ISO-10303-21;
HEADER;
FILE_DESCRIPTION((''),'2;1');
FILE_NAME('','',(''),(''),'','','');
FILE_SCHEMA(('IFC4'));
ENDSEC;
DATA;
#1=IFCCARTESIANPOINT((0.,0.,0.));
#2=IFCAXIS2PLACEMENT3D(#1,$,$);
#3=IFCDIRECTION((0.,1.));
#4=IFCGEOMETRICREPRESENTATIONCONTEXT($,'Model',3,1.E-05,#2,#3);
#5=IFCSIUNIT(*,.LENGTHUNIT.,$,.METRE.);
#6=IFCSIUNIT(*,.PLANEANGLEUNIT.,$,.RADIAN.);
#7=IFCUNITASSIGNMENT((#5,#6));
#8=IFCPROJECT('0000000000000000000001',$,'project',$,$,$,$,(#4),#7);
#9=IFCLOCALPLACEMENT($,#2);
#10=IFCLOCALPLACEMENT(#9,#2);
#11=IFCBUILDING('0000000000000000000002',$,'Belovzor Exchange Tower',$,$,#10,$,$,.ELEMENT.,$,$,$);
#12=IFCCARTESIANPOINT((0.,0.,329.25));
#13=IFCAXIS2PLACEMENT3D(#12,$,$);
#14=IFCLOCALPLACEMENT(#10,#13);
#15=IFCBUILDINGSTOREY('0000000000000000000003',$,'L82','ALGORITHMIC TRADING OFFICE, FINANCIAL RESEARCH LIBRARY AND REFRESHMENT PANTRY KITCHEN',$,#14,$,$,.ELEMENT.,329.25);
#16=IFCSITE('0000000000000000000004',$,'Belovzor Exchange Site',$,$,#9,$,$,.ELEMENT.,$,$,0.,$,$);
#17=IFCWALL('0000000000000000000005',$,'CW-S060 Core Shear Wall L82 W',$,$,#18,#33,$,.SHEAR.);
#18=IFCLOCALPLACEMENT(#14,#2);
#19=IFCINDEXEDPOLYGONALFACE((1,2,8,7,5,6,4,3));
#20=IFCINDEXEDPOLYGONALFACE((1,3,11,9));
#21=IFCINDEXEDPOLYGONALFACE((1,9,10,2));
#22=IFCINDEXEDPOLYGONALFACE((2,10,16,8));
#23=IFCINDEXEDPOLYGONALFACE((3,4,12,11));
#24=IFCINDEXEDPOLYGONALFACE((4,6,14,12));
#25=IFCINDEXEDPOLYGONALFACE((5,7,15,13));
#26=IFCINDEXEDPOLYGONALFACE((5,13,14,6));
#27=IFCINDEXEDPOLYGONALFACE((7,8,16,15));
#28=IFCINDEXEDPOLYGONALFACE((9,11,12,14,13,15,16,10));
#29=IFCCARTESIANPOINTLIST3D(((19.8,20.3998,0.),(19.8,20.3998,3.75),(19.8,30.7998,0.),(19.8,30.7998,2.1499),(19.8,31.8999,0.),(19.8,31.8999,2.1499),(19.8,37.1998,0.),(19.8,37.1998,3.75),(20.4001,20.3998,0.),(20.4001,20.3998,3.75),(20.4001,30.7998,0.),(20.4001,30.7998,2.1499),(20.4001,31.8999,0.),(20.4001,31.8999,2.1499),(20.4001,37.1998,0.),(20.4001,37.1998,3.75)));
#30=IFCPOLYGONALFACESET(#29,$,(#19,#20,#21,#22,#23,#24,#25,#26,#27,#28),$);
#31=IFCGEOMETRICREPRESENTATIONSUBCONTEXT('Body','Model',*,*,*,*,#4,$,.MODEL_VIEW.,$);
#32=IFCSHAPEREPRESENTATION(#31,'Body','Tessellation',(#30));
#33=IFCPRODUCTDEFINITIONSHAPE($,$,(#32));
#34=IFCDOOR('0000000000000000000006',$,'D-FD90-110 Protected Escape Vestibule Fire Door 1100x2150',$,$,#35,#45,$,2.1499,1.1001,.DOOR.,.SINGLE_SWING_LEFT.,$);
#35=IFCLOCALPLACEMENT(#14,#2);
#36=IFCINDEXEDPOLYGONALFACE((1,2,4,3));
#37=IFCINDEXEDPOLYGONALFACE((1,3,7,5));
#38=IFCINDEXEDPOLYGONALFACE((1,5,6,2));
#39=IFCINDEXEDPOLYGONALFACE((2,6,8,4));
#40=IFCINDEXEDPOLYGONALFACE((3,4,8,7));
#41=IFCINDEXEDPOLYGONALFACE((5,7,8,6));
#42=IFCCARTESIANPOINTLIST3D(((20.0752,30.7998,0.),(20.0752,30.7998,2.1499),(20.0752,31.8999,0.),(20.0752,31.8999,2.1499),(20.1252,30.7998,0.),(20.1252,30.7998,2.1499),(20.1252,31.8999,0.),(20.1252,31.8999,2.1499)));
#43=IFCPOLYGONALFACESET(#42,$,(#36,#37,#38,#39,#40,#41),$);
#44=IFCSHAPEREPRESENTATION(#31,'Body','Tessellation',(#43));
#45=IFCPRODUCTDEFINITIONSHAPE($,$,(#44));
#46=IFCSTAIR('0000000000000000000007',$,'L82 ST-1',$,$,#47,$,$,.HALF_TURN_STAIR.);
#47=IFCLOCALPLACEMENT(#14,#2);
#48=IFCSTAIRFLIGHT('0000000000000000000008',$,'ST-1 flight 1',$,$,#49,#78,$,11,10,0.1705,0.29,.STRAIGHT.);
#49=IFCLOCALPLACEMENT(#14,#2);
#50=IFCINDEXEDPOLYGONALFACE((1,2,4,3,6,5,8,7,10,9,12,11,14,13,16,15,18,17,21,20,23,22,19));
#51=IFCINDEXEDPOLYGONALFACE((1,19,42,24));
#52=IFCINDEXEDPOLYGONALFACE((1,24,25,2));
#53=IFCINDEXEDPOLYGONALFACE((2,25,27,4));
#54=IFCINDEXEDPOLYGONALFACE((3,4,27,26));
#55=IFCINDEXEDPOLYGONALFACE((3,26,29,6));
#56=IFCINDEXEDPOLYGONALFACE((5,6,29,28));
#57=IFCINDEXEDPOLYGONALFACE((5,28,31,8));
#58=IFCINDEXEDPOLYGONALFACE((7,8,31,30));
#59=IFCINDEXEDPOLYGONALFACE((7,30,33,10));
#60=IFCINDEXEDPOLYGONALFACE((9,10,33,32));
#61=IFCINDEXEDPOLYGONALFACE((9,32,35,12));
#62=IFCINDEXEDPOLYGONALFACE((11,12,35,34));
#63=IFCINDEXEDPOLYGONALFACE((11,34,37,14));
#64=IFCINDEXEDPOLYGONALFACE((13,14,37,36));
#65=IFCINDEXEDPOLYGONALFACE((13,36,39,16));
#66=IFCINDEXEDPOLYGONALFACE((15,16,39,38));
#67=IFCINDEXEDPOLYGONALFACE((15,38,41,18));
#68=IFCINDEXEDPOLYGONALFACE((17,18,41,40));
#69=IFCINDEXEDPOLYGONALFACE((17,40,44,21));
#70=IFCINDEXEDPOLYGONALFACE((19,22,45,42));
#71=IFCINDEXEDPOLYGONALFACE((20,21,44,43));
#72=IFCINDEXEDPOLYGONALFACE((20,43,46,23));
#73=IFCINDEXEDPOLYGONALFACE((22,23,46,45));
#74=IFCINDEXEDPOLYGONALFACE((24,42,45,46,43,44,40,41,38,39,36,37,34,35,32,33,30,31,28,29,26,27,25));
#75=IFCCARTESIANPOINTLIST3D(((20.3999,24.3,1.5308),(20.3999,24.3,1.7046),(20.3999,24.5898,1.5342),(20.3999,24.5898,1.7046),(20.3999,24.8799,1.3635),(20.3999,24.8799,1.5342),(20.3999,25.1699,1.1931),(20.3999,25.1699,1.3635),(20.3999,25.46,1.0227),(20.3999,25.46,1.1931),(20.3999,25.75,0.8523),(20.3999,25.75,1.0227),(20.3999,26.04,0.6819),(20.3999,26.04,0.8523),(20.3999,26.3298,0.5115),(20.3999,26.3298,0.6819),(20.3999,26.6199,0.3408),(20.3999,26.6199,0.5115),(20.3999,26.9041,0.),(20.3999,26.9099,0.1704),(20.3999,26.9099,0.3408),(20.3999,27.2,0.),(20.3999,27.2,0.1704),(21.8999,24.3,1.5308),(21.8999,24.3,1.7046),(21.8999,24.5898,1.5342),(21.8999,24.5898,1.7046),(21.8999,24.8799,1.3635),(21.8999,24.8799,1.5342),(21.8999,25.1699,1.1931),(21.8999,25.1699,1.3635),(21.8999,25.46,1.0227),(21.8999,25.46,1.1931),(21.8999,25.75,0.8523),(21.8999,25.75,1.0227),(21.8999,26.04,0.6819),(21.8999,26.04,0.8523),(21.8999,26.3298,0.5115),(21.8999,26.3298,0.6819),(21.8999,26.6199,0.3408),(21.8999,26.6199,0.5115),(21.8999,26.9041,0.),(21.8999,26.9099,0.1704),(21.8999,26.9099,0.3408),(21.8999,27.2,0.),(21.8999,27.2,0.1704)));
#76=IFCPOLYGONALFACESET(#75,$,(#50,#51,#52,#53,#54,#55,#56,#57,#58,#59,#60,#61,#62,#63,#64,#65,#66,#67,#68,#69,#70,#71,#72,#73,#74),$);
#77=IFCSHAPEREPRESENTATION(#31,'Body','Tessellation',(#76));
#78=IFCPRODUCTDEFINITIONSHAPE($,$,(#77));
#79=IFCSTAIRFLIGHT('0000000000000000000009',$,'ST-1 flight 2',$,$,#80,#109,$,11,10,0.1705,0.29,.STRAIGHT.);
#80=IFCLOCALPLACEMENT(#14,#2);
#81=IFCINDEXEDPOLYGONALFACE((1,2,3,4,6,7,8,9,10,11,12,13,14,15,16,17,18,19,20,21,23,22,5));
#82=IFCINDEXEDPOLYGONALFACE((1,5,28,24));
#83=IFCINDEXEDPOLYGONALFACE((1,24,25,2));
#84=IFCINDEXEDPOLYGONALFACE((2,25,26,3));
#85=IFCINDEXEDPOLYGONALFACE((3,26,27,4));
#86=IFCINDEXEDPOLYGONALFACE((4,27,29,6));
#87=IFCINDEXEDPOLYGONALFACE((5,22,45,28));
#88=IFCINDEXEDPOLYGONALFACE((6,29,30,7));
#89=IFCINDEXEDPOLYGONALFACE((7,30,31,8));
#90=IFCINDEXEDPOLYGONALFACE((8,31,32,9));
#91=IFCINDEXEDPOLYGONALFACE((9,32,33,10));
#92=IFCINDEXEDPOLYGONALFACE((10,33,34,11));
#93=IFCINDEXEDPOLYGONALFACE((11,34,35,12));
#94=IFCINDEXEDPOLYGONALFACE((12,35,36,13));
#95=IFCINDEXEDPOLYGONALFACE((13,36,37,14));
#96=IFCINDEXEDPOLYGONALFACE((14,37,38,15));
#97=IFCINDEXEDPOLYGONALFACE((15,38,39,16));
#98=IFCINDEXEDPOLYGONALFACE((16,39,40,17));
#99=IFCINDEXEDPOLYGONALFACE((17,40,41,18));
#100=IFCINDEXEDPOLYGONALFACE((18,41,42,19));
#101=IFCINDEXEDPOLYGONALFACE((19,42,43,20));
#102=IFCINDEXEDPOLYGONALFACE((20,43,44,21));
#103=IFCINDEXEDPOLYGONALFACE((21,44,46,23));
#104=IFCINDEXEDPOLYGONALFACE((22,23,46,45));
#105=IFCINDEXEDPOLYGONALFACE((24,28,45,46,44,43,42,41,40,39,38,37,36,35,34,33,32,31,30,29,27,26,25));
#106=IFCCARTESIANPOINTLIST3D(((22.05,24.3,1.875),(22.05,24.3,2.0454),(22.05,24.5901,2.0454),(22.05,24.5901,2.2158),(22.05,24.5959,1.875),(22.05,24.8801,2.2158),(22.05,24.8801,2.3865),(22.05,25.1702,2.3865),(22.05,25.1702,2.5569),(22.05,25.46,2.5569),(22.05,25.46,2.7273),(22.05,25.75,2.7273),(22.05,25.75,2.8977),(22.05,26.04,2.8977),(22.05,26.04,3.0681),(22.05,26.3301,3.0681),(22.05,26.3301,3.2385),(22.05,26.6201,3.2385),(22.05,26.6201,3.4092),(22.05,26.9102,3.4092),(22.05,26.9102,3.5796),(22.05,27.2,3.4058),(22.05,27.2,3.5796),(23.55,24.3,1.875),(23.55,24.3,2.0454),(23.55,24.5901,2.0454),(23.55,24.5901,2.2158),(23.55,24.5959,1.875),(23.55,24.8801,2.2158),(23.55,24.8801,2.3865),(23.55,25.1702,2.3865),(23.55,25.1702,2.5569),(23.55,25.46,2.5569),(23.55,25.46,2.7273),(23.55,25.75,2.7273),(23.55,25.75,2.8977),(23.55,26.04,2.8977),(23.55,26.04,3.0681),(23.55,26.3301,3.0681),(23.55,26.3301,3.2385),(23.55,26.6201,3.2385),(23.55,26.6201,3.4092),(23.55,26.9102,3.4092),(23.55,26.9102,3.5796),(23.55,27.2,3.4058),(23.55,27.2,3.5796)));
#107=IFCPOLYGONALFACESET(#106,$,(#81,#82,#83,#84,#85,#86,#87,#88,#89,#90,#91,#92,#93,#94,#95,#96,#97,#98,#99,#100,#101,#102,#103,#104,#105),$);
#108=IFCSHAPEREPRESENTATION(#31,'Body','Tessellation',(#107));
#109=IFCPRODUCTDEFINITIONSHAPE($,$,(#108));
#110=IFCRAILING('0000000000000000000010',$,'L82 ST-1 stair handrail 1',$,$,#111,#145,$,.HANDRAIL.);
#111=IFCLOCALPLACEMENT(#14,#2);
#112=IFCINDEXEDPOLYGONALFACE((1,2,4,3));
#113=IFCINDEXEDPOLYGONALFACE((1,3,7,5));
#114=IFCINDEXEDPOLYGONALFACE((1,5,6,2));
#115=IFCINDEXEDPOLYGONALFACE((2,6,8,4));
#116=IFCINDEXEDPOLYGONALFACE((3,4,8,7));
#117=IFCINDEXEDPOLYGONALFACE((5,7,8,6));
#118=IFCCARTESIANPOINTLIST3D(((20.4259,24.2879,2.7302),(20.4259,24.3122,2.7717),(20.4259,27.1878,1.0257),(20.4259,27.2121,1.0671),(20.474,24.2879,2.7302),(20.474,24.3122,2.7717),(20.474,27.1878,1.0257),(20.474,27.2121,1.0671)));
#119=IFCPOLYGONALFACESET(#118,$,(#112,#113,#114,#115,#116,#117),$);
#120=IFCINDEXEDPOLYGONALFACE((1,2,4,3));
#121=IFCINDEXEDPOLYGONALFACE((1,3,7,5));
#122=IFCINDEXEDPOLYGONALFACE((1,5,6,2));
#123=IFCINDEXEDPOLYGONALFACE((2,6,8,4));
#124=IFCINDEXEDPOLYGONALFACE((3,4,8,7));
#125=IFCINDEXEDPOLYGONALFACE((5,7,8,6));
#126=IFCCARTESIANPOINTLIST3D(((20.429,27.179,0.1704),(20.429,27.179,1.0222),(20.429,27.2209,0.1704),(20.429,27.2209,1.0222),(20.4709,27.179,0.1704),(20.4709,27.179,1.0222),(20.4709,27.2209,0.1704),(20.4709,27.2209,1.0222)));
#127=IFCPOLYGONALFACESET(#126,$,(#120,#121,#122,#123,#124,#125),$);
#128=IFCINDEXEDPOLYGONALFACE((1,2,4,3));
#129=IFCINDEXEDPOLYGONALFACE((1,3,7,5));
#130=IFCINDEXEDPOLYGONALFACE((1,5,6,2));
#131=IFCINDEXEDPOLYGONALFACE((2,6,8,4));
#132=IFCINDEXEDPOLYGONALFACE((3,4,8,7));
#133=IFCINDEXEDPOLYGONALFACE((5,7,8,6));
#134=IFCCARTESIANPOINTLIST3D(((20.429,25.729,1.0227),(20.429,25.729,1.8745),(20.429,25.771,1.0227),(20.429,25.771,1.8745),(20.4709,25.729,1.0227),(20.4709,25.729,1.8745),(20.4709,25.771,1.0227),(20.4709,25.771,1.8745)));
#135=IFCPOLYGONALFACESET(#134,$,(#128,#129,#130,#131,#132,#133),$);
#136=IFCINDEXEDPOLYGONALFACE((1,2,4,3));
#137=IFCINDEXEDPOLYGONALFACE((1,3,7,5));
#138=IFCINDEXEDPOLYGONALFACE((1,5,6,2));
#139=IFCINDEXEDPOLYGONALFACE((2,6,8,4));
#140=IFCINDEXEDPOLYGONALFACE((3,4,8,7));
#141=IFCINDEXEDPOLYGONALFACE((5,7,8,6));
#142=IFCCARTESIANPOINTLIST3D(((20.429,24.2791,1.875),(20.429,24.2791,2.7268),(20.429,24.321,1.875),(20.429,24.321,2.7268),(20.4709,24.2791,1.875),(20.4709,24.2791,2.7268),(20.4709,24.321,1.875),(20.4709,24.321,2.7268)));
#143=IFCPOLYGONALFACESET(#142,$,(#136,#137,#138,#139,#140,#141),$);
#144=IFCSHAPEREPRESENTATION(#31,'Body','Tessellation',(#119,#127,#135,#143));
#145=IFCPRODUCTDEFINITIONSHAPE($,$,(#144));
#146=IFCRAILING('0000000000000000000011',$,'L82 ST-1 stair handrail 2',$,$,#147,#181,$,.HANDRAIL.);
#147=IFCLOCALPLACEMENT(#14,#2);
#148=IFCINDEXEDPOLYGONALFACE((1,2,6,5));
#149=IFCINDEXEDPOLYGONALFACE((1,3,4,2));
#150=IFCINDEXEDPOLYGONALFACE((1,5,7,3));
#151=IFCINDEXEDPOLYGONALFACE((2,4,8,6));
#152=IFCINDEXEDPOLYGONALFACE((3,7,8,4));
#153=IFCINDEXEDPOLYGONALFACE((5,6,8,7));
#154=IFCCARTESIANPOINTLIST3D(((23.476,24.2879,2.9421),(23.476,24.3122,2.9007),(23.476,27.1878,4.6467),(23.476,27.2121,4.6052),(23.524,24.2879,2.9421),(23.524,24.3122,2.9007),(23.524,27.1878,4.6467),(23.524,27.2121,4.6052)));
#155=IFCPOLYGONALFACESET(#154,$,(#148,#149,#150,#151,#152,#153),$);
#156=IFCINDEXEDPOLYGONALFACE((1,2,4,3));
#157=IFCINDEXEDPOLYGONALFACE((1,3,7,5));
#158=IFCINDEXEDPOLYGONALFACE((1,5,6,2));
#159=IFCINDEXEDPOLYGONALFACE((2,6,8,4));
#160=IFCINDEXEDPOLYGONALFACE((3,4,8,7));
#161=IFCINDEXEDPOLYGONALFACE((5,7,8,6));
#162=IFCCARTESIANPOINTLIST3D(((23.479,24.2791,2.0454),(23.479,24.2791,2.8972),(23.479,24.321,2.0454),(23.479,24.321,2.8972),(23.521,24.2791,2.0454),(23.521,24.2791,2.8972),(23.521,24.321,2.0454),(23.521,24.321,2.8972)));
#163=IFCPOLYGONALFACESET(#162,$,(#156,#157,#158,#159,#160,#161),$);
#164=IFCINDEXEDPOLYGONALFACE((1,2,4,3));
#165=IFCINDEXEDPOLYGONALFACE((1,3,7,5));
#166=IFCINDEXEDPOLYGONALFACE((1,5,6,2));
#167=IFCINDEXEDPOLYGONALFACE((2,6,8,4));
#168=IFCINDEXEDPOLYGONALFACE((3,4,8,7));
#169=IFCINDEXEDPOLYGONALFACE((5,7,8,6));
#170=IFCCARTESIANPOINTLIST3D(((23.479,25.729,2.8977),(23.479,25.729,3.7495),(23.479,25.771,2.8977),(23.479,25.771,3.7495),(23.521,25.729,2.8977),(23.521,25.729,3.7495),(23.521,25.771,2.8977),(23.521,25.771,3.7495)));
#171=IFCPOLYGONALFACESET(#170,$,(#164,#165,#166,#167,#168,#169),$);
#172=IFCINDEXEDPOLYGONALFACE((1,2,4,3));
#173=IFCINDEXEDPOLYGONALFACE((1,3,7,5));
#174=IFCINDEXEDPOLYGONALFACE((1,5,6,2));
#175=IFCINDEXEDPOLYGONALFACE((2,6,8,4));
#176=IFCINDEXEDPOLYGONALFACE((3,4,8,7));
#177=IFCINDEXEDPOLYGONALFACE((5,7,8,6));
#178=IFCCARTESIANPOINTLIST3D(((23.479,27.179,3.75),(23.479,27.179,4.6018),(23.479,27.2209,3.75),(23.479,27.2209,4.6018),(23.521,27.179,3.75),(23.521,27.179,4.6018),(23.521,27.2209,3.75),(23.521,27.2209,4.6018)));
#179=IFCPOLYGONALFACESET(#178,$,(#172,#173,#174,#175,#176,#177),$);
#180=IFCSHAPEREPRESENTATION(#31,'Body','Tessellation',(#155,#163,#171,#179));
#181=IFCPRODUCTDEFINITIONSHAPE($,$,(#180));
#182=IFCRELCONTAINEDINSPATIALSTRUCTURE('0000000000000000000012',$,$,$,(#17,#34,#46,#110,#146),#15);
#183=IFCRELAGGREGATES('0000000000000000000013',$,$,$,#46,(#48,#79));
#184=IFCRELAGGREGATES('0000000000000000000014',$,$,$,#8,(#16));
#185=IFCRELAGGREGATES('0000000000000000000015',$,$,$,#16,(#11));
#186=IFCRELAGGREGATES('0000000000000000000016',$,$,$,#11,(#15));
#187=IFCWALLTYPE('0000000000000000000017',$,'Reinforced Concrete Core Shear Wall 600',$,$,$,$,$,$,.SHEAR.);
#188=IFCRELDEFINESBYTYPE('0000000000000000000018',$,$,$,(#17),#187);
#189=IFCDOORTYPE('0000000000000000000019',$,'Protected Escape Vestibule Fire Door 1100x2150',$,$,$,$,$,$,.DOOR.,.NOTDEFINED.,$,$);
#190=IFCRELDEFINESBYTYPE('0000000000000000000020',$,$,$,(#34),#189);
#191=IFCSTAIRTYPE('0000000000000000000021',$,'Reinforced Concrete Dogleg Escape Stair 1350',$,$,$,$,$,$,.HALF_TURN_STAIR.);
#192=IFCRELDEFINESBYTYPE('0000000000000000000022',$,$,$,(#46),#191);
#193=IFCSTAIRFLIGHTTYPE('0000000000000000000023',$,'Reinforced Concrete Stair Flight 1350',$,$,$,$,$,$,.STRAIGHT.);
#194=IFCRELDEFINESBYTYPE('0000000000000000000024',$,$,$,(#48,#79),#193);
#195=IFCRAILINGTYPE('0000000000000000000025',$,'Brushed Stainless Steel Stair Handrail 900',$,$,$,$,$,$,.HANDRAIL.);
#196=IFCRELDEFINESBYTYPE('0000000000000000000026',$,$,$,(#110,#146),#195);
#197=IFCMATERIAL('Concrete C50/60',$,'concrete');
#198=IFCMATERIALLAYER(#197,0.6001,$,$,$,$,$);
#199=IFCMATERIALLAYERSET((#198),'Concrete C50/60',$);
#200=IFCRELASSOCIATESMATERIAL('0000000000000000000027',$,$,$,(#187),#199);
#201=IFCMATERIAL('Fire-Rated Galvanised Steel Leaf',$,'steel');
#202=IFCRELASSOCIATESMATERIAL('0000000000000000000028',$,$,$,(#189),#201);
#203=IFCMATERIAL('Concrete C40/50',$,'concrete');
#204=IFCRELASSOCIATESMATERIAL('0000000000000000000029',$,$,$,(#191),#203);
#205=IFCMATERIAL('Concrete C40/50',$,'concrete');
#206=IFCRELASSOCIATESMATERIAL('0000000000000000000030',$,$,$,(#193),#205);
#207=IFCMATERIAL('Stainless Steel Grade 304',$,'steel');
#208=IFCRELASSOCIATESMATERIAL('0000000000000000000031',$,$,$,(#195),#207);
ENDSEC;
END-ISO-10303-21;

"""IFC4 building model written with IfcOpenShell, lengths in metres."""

from ifc_helpers import new_model, si_unit, direction, frame, frame_2d, origin, origin_2d, place, context, subcontext, project, spatial, polyline, rectangle, outline, extrude, material, layer, layer_set, type_object, element, fill, aggregate, save


model = new_model("IFC4")

# Units and contexts
model_context = context("Model", 3, precision=1e-05, world=origin(), true_north=direction((0.0, 1.0)))
body_context = subcontext(model_context, "Body", "Model", "MODEL_VIEW")
ifc_project = project(units=[si_unit("LENGTHUNIT", "METRE"), si_unit("PLANEANGLEUNIT", "RADIAN")], contexts=[model_context])

# Site, building, storey
site_placement = place(None, origin())
site = spatial("IfcSite", under=ifc_project, at=site_placement, Name="Belovzor Exchange Site", CompositionType="ELEMENT", RefElevation=0.0)
building_placement = place(site_placement, origin())
building = spatial("IfcBuilding", under=site, at=building_placement, Name="Belovzor Exchange Tower", CompositionType="ELEMENT")
storey_placement = place(building_placement, frame((0.0, 0.0, 329.25)))
storey = spatial("IfcBuildingStorey", under=building, at=storey_placement, Name="L82", Description="ALGORITHMIC TRADING OFFICE, FINANCIAL RESEARCH LIBRARY AND REFRESHMENT PANTRY KITCHEN", CompositionType="ELEMENT", Elevation=329.25)

# Shared definitions
ifc_material_1 = material(Name="Concrete C50/60", Category="concrete")
ifc_layer_1 = layer(ifc_material_1, 0.6001)
ifc_layer_set_1 = layer_set([ifc_layer_1], Name="Concrete C50/60")
wall_type_1 = type_object("IfcWallType", Name="Reinforced Concrete Core Shear Wall 600", PredefinedType="SHEAR", material=ifc_layer_set_1)

# Wall, opening, door
wall_1_placement = place(storey_placement, frame((20.1001, 20.3999, 0.0), z_axis=(0.0, 0.0, 1.0), x_axis=(0.0, 1.0, 0.0)))
wall_1 = element("IfcWall", 1, at=wall_1_placement, inside=storey, type_object=wall_type_1, Name="CW-S060 Core Shear Wall L82 W", PredefinedType="SHEAR", context=body_context, shape_type="SweptSolid", body=[
    extrude(rectangle(XDim=16.8, YDim=0.6001, at=frame_2d((8.3999, 0.0))), origin(), (0.0, 0.0, 1.0), 3.75),
])
opening_1_placement = place(wall_1_placement, frame((10.3999, 0.0, 0.0)))
opening_1 = element("IfcOpeningElement", 2, at=opening_1_placement, cuts=wall_1, PredefinedType="OPENING", context=body_context, shape_type="SweptSolid", body=[
    extrude(rectangle(XDim=1.1001, YDim=2.1499, at=frame_2d((0.55, 1.075))), frame((0.0, 0.3101, 0.0), z_axis=(0.0, -1.0, 0.0), x_axis=(1.0, 0.0, 0.0)), (0.0, 0.0, 1.0), 0.6201),
])
ifc_material_2 = material(Name="Fire-Rated Galvanised Steel Leaf", Category="steel")
door_type_1 = type_object("IfcDoorType", Name="Protected Escape Vestibule Fire Door 1100x2150", OperationType="NOTDEFINED", PredefinedType="DOOR", material=ifc_material_2)
door_1_placement = place(opening_1_placement, origin())
door_1 = element("IfcDoor", 3, at=door_1_placement, inside=storey, type_object=door_type_1, Name="D-FD90-110 Protected Escape Vestibule Fire Door 1100x2150", OperationType="SINGLE_SWING_LEFT", OverallHeight=2.1499, OverallWidth=1.1001, PredefinedType="DOOR", context=body_context, shape_type="SweptSolid", body=[
    extrude(rectangle(XDim=1.1001, YDim=2.1499, at=frame_2d((0.55, 1.075))), frame((0.0, 0.0249, 0.0), z_axis=(0.0, -1.0, 0.0), x_axis=(1.0, 0.0, 0.0)), (0.0, 0.0, 1.0), 0.05),
])
fill(opening_1, door_1)

# Stair, stair flights
ifc_material_3 = material(Name="Concrete C40/50", Category="concrete")
stair_type = type_object("IfcStairType", Name="Reinforced Concrete Dogleg Escape Stair 1350", PredefinedType="HALF_TURN_STAIR", material=ifc_material_3)
stair_placement = place(storey_placement, origin())
stair = element("IfcStair", 4, at=stair_placement, inside=storey, type_object=stair_type, Name="L82 ST-1", PredefinedType="HALF_TURN_STAIR")
ifc_material_4 = material(Name="Concrete C40/50", Category="concrete")
stair_flight_type = type_object("IfcStairFlightType", Name="Reinforced Concrete Stair Flight 1350", PredefinedType="STRAIGHT", material=ifc_material_4)
stair_flight_1_placement = place(storey_placement, frame((21.1499, 27.2, 0.0), z_axis=(0.0, 0.0, 1.0), x_axis=(0.0, -1.0, 0.0)))
stair_flight_1 = element("IfcStairFlight", 5, at=stair_flight_1_placement, type_object=stair_flight_type, Name="ST-1 flight 1", NumberOfRisers=11, NumberOfTreads=10, PredefinedType="STRAIGHT", RiserHeight=0.1705, TreadLength=0.29, context=body_context, shape_type="SweptSolid", body=[
    extrude(outline(polyline([(0.0, 0.0), (0.0, 0.1704), (0.29, 0.1704), (0.29, 0.3408), (0.5801, 0.3408), (0.5801, 0.5115), (0.8701, 0.5115), (0.8701, 0.6819), (1.1599, 0.6819), (1.1599, 0.8523), (1.45, 0.8523), (1.45, 1.0227), (1.74, 1.0227), (1.74, 1.1931), (2.03, 1.1931), (2.03, 1.3635), (2.3201, 1.3635), (2.3201, 1.5342), (2.6101, 1.5342), (2.6101, 1.7046), (2.8999, 1.7046), (2.8999, 1.875), (2.8999, 1.5308), (0.2959, 0.0), (0.0, 0.0)])), frame((0.0, 0.75, 0.0), z_axis=(0.0, -1.0, 0.0), x_axis=(1.0, 0.0, 0.0)), (0.0, 0.0, 1.0), 1.5),
])
stair_flight_2_placement = place(storey_placement, frame((22.8, 24.3, 1.875), z_axis=(0.0, 0.0, 1.0), x_axis=(0.0, 1.0, 0.0)))
stair_flight_2 = element("IfcStairFlight", 6, at=stair_flight_2_placement, type_object=stair_flight_type, Name="ST-1 flight 2", NumberOfRisers=11, NumberOfTreads=10, PredefinedType="STRAIGHT", RiserHeight=0.1705, TreadLength=0.29, context=body_context, shape_type="SweptSolid", body=[
    extrude(outline(polyline([(0.0, 0.0), (0.0, 0.1704), (0.29, 0.1704), (0.29, 0.3408), (0.5801, 0.3408), (0.5801, 0.5115), (0.8701, 0.5115), (0.8701, 0.6819), (1.1599, 0.6819), (1.1599, 0.8523), (1.45, 0.8523), (1.45, 1.0227), (1.74, 1.0227), (1.74, 1.1931), (2.03, 1.1931), (2.03, 1.3635), (2.3201, 1.3635), (2.3201, 1.5342), (2.6101, 1.5342), (2.6101, 1.7046), (2.8999, 1.7046), (2.8999, 1.875), (2.8999, 1.5308), (0.2959, 0.0), (0.0, 0.0)])), frame((0.0, 0.75, 0.0), z_axis=(0.0, -1.0, 0.0), x_axis=(1.0, 0.0, 0.0)), (0.0, 0.0, 1.0), 1.5),
])
aggregate(stair, [stair_flight_1, stair_flight_2])

# Railings
ifc_material_5 = material(Name="Stainless Steel Grade 304", Category="steel")
railing_type_1 = type_object("IfcRailingType", Name="Brushed Stainless Steel Stair Handrail 900", PredefinedType="HANDRAIL", material=ifc_material_5)
railing_1_placement = place(storey_placement, frame((20.45, 27.2, 0.1704)))
element("IfcRailing", 7, at=railing_1_placement, inside=storey, type_object=railing_type_1, Name="L82 ST-1 stair handrail 1", PredefinedType="HANDRAIL", context=body_context, shape_type="SweptSolid", body=[
    extrude(rectangle(XDim=0.0481, YDim=0.0481, at=origin_2d()), frame((0.0, 0.0, 0.876), z_axis=(0.0, -0.862095, 0.506747), x_axis=(1.0, 0.0, 0.0)), (0.0, 0.0, 1.0), 3.3638),
    extrude(rectangle(XDim=0.042, YDim=0.042, at=origin_2d()), origin(), (0.0, 0.0, 1.0), 0.8518),
    extrude(rectangle(XDim=0.042, YDim=0.042, at=origin_2d()), frame((0.0, -1.45, 0.8523)), (0.0, 0.0, 1.0), 0.8518),
    extrude(rectangle(XDim=0.042, YDim=0.042, at=origin_2d()), frame((0.0, -2.8999, 1.7046)), (0.0, 0.0, 1.0), 0.8518),
])
railing_2_placement = place(storey_placement, frame((23.5, 24.3, 2.0454)))
element("IfcRailing", 8, at=railing_2_placement, inside=storey, type_object=railing_type_1, Name="L82 ST-1 stair handrail 2", PredefinedType="HANDRAIL", context=body_context, shape_type="SweptSolid", body=[
    extrude(rectangle(XDim=0.0481, YDim=0.0481, at=origin_2d()), frame((0.0, 0.0, 0.876), z_axis=(0.0, 0.862095, 0.506747), x_axis=(-1.0, 0.0, 0.0)), (0.0, 0.0, 1.0), 3.3638),
    extrude(rectangle(XDim=0.042, YDim=0.042, at=origin_2d()), origin(), (0.0, 0.0, 1.0), 0.8518),
    extrude(rectangle(XDim=0.042, YDim=0.042, at=origin_2d()), frame((0.0, 1.45, 0.8523)), (0.0, 0.0, 1.0), 0.8518),
    extrude(rectangle(XDim=0.042, YDim=0.042, at=origin_2d()), frame((0.0, 2.8999, 1.7046)), (0.0, 0.0, 1.0), 0.8518),
])

save(model, "model.ifc")
